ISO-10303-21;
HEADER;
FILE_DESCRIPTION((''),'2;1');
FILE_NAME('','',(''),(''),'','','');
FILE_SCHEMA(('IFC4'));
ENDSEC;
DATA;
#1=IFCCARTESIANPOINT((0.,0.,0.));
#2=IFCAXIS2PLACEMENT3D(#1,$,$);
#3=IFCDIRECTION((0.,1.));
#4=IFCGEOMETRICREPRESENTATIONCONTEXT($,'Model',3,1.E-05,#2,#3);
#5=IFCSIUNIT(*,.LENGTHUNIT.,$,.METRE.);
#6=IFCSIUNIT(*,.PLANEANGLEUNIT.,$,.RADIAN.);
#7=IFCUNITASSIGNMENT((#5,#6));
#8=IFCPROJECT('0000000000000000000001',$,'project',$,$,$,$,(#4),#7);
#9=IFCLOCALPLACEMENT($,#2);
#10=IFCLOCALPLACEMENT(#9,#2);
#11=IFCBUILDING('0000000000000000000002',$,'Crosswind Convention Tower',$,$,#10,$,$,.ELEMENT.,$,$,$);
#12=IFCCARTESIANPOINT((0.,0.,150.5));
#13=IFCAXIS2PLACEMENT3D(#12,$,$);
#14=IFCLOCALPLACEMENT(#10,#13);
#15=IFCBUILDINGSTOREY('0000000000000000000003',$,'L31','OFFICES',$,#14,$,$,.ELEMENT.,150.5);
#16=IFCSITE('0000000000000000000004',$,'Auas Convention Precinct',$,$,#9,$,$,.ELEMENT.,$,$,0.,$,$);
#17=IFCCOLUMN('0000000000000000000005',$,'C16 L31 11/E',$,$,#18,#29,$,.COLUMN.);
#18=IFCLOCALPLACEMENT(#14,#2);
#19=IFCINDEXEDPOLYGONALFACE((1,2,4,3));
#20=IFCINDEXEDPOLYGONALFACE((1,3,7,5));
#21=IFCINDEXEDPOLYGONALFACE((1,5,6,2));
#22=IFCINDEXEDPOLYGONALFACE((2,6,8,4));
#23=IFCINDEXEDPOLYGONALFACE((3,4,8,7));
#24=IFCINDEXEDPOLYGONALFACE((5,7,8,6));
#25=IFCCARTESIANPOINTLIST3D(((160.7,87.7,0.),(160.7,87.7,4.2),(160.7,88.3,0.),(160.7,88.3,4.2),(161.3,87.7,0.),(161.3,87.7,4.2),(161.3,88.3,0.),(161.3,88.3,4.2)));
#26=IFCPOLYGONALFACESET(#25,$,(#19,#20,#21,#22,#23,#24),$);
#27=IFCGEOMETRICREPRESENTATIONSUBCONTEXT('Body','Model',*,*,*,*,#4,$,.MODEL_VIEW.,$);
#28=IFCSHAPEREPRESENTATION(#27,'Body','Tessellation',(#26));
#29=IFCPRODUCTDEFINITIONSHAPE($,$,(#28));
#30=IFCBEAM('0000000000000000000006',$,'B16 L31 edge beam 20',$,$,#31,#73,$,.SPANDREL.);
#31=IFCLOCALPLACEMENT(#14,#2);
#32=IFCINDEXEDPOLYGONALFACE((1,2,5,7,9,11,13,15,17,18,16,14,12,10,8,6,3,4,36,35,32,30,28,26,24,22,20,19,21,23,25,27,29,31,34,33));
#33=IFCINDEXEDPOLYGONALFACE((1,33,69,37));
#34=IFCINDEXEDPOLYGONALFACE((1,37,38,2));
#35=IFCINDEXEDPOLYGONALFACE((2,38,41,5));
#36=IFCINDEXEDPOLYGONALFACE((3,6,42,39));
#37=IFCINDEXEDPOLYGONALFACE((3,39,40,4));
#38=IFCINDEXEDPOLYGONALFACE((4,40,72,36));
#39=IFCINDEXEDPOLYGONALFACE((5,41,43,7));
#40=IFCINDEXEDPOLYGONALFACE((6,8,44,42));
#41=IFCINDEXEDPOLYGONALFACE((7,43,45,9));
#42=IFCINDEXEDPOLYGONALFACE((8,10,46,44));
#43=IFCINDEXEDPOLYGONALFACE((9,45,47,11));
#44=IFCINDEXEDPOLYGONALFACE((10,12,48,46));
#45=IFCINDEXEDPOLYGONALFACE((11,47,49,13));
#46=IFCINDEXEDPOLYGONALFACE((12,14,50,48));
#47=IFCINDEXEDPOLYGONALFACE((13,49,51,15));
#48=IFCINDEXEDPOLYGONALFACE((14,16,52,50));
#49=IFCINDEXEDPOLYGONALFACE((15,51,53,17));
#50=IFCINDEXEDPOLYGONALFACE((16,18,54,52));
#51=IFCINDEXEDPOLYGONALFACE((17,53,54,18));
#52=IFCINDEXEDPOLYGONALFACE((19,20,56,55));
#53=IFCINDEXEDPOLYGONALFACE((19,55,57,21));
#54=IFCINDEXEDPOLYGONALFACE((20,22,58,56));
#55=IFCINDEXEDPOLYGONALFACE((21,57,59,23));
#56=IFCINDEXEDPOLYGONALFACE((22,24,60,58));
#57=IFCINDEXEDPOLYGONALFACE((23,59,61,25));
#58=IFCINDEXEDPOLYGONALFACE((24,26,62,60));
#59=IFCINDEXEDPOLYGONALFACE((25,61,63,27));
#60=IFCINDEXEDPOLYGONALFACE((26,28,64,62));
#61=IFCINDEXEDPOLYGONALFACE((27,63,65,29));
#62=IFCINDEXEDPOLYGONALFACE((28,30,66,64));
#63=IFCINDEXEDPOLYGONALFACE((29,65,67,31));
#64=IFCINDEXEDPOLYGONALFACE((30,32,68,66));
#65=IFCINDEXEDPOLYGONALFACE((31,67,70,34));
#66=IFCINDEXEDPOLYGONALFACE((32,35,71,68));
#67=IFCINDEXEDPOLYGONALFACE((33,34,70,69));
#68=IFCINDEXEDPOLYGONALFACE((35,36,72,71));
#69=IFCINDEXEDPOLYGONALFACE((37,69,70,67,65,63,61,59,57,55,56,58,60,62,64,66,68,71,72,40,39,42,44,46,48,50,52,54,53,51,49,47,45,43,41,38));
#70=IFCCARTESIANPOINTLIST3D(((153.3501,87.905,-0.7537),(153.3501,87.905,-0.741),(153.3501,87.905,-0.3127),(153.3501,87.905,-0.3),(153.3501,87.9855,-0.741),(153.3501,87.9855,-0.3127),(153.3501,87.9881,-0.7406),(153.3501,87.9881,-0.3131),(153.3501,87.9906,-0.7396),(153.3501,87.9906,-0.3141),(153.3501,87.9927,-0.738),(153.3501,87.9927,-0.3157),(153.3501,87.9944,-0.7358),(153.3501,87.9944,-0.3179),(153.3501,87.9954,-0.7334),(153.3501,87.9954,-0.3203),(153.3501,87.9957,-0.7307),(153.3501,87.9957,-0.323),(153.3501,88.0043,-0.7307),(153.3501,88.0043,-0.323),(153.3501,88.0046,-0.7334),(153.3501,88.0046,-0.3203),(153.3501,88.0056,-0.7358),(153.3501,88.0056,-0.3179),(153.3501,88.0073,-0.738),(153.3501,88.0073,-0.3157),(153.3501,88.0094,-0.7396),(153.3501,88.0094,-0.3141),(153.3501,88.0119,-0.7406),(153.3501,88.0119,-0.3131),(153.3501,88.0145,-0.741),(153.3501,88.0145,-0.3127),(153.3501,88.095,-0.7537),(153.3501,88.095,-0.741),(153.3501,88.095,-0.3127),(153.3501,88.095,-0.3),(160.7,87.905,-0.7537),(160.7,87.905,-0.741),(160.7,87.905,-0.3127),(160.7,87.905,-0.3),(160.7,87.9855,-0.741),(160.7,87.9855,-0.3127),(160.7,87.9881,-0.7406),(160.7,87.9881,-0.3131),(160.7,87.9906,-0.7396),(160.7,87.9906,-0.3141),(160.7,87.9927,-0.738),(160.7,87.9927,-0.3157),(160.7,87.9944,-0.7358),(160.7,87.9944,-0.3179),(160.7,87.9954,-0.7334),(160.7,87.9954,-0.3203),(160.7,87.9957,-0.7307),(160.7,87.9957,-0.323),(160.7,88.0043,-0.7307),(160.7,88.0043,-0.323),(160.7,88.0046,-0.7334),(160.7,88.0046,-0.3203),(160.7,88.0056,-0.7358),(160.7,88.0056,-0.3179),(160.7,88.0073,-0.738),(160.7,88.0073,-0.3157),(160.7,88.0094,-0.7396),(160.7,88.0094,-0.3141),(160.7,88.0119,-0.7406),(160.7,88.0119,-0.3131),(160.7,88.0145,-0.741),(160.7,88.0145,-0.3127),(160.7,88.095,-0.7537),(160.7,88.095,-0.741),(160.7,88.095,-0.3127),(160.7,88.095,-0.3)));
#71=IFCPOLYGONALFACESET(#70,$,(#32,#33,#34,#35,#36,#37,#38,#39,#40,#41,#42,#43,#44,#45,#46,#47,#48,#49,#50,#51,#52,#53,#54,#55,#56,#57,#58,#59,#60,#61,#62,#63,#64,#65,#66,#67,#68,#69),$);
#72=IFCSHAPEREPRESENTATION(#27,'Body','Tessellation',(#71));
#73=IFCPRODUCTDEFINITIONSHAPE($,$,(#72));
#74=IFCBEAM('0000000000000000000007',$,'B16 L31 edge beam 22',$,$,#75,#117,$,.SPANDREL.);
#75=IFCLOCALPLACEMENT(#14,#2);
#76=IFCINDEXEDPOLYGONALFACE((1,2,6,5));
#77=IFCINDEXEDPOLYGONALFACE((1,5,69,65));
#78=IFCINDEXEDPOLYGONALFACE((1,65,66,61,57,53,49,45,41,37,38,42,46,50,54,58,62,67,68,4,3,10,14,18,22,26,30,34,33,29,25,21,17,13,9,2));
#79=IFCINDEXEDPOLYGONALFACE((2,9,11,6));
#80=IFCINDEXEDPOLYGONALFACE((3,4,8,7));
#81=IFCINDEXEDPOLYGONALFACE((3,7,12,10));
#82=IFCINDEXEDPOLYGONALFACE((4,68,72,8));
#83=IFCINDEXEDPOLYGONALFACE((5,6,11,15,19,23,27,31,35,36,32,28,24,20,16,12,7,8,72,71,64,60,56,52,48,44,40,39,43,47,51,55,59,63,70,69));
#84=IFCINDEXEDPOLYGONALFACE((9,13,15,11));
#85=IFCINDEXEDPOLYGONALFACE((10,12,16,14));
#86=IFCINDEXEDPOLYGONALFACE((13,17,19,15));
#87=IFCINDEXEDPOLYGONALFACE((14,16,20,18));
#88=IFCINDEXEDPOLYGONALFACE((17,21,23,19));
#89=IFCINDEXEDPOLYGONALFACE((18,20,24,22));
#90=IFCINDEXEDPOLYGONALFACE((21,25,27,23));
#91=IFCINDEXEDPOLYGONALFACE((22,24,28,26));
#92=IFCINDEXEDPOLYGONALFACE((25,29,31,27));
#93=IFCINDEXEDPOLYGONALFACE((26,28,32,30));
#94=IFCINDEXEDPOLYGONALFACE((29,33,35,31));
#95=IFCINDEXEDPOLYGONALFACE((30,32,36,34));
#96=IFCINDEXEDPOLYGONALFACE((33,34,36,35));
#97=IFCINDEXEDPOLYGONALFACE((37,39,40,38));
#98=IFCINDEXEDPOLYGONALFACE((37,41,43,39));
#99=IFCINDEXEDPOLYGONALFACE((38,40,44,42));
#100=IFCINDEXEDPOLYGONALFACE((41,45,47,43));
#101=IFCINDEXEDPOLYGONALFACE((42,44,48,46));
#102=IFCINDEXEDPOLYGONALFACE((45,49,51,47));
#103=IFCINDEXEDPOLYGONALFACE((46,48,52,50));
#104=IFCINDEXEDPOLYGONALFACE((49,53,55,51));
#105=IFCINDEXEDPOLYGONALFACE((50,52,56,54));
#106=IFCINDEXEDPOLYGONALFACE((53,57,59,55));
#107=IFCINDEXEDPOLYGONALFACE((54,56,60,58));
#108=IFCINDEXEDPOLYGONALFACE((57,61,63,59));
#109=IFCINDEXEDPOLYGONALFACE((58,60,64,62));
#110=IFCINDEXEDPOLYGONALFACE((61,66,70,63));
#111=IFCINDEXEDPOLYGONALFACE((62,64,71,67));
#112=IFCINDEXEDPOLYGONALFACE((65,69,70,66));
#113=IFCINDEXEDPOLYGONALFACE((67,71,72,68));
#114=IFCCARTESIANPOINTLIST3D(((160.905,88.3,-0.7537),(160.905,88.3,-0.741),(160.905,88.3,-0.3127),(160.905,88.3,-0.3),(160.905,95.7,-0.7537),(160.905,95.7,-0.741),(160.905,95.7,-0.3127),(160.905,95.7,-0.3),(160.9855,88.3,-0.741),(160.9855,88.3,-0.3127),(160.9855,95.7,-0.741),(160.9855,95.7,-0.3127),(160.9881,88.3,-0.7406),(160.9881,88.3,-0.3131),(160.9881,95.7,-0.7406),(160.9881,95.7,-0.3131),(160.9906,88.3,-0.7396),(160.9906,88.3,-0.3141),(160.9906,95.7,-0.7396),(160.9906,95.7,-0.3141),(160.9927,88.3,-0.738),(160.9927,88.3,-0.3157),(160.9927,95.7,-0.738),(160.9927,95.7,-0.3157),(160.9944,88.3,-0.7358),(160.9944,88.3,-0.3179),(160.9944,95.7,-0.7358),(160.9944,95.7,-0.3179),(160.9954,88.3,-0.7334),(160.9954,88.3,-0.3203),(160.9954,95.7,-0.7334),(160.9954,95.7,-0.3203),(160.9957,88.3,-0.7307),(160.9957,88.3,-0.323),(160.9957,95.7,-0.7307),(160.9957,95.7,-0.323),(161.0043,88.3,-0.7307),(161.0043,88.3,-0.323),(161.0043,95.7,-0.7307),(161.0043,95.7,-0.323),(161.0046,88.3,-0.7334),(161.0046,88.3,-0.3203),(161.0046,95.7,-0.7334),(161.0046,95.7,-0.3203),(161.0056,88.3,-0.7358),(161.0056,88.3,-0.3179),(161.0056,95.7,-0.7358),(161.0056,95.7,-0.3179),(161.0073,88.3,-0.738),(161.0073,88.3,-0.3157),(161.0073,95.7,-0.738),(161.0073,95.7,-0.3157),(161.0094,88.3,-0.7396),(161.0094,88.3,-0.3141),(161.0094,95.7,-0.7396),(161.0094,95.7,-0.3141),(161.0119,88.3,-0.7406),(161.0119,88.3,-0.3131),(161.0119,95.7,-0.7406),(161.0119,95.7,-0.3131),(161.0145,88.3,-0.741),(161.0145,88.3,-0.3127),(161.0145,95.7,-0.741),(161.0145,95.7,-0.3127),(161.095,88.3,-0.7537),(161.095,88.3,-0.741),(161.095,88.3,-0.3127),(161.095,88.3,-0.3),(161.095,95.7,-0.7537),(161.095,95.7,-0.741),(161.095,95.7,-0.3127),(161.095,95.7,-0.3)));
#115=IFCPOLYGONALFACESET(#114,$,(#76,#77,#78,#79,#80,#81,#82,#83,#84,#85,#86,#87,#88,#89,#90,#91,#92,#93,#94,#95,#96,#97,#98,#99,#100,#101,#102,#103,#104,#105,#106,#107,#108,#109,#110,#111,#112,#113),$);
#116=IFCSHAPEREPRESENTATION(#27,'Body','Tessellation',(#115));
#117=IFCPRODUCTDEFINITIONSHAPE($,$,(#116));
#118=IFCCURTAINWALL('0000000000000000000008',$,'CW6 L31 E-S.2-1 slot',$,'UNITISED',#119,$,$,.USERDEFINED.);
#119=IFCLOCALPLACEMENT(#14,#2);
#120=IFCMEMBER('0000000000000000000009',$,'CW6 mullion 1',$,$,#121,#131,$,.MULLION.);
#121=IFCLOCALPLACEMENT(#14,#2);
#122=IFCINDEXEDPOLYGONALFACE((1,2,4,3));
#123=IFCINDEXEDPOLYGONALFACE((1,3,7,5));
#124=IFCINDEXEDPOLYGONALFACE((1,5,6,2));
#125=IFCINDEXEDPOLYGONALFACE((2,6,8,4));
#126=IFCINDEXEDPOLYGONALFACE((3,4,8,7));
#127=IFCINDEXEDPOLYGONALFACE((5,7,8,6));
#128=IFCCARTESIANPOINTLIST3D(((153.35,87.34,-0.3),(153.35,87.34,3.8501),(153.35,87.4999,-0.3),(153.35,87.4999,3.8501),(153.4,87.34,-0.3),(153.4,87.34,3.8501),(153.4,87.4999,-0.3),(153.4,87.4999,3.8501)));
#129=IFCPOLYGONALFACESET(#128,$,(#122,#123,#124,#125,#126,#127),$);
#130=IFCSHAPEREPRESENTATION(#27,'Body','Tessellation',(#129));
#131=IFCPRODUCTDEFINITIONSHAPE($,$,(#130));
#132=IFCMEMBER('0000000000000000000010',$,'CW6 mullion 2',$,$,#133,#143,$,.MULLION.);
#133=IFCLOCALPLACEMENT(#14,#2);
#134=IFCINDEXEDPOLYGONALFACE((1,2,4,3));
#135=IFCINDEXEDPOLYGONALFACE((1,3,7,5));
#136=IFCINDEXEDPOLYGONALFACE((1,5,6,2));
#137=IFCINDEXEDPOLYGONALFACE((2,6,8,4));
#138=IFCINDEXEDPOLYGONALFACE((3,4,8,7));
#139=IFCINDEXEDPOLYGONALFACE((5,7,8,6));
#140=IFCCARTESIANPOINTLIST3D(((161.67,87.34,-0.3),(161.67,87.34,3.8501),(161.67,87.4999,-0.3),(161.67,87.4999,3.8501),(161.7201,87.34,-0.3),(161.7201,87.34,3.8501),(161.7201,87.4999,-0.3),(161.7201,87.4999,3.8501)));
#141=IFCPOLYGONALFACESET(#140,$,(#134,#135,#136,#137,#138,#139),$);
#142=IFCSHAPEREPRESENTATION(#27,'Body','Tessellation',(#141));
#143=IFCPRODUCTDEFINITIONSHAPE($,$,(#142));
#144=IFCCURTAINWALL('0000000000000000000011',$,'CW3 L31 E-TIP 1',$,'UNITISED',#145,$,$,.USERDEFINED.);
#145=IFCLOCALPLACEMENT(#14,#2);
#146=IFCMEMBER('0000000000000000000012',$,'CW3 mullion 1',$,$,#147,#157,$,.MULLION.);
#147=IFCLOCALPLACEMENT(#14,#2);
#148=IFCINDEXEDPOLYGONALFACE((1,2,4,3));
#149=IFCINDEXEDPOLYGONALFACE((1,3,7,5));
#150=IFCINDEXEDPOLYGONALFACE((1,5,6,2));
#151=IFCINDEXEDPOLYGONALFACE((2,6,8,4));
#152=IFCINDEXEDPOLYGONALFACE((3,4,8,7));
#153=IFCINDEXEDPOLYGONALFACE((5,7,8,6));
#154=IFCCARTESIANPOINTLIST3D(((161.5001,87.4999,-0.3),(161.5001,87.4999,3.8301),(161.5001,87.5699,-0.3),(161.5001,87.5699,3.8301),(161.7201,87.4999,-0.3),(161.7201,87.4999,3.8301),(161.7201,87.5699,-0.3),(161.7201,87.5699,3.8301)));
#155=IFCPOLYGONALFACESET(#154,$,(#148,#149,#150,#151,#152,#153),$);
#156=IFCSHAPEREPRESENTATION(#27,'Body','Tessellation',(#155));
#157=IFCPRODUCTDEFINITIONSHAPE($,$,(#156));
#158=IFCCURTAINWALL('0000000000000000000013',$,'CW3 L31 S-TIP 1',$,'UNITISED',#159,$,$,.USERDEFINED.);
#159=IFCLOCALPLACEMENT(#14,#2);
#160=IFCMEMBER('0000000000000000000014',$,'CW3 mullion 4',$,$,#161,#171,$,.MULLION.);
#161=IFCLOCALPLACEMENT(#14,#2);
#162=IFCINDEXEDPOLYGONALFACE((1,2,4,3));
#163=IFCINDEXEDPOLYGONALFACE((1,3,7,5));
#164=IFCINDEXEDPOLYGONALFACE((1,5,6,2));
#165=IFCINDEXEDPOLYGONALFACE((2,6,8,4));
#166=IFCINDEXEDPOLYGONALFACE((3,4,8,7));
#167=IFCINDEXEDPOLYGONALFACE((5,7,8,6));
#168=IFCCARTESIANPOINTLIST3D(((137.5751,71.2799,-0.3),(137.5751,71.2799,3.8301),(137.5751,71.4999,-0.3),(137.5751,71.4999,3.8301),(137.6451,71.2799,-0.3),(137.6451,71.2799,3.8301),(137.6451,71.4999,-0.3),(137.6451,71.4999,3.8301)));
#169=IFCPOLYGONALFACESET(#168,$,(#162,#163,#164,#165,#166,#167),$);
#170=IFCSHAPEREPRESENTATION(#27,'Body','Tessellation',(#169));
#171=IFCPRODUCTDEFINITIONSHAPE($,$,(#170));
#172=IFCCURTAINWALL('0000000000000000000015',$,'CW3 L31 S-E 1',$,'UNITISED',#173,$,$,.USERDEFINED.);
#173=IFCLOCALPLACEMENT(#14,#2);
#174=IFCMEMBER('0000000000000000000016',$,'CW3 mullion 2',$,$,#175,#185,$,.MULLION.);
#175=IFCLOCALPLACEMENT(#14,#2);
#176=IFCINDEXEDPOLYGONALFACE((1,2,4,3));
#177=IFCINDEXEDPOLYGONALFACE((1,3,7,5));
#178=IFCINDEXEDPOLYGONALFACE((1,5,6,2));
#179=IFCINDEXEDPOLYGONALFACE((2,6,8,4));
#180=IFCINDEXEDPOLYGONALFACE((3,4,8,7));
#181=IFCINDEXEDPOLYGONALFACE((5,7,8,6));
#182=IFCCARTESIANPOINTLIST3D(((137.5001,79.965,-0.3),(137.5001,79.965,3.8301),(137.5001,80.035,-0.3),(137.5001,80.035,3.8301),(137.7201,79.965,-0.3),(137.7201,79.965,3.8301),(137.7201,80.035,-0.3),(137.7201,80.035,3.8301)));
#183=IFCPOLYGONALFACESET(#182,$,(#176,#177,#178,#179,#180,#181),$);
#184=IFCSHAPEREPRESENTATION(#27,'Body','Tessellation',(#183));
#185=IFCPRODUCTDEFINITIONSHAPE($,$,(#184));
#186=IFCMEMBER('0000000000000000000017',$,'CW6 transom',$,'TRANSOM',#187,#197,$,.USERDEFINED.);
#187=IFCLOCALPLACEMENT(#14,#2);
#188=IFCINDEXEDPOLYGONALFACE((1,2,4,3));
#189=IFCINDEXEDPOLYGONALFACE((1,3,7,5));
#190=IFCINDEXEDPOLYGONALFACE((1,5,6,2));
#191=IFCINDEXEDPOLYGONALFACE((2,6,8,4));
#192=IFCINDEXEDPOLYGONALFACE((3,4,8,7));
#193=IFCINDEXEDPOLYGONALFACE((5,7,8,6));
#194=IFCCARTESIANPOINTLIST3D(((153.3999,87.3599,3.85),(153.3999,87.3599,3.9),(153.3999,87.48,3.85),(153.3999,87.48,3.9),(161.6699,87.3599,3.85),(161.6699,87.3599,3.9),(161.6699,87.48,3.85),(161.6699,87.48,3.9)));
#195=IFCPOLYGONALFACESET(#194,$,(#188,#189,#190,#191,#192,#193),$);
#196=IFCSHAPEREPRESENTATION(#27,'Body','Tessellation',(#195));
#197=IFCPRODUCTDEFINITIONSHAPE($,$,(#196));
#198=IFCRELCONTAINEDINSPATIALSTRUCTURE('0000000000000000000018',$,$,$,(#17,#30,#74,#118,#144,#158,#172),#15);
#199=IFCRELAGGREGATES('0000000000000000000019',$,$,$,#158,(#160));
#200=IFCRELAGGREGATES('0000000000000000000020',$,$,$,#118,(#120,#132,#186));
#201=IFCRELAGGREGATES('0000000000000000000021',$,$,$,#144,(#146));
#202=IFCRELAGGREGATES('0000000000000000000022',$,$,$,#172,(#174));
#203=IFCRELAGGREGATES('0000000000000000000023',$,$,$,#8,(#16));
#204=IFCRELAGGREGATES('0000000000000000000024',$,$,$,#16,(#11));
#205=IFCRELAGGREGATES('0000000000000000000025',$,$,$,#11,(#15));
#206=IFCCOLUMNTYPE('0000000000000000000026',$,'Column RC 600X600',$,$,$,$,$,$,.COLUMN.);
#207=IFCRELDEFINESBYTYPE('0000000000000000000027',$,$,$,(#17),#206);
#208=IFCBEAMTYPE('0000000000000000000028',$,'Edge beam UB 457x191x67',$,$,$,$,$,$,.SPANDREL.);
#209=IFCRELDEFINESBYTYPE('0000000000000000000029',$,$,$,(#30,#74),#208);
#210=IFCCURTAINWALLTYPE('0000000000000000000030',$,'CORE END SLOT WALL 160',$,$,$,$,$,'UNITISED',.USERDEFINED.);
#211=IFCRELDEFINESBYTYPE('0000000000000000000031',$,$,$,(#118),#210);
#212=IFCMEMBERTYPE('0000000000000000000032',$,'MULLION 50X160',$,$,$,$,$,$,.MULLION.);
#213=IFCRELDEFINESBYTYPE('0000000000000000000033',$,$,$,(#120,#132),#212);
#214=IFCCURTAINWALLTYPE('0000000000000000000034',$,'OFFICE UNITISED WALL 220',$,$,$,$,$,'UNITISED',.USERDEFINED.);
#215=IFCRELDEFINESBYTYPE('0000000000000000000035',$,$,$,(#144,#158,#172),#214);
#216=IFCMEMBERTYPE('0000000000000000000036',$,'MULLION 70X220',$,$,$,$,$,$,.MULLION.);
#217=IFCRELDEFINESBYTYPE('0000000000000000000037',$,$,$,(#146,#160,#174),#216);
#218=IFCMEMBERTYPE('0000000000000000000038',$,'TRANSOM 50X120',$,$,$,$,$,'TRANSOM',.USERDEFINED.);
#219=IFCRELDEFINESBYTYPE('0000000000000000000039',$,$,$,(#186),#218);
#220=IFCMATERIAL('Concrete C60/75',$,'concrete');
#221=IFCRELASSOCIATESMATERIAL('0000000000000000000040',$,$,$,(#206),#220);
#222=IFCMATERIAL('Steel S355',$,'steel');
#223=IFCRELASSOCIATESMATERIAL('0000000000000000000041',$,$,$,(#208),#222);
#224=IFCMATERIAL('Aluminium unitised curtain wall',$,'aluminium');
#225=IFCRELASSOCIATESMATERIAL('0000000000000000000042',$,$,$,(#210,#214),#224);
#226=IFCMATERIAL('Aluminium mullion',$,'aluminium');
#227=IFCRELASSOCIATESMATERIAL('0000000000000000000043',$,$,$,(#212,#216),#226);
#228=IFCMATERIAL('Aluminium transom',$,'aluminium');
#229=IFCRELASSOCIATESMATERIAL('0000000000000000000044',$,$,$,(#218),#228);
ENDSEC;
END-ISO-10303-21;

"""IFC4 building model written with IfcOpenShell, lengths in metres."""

from ifc_helpers import new_model, si_unit, direction, frame, origin, origin_2d, place, context, subcontext, project, spatial, rectangle, i_section, extrude, material, material_profile, profile_set, type_object, element, aggregate, save


model = new_model("IFC4")

# Units and contexts
model_context = context("Model", 3, precision=1e-05, world=origin(), true_north=direction((0.0, 1.0)))
body_context = subcontext(model_context, "Body", "Model", "MODEL_VIEW")
ifc_project = project(units=[si_unit("LENGTHUNIT", "METRE"), si_unit("PLANEANGLEUNIT", "RADIAN")], contexts=[model_context])

# Site, building, storey
site_placement = place(None, origin())
site = spatial("IfcSite", under=ifc_project, at=site_placement, Name="Auas Convention Precinct", CompositionType="ELEMENT", RefElevation=0.0)
building_placement = place(site_placement, origin())
building = spatial("IfcBuilding", under=site, at=building_placement, Name="Crosswind Convention Tower", CompositionType="ELEMENT")
storey_placement = place(building_placement, frame((0.0, 0.0, 150.5)))
storey = spatial("IfcBuildingStorey", under=building, at=storey_placement, Name="L31", Description="OFFICES", CompositionType="ELEMENT", Elevation=150.5)

# Column
ifc_material_1 = material(Name="Concrete C60/75", Category="concrete")
ifc_material_profile_1 = material_profile(ifc_material_1, rectangle(XDim=0.6001, YDim=0.6001, at=origin_2d()), Name="RC 600X600")
ifc_profile_set_1 = profile_set([ifc_material_profile_1], Name="Concrete C60/75")
column_type = type_object("IfcColumnType", Name="Column RC 600X600", PredefinedType="COLUMN", material=ifc_profile_set_1)
column_placement = place(storey_placement, frame((161.0, 88.0, 0.0), z_axis=(0.0, 0.0, 1.0), x_axis=(1.0, 0.0, 0.0)))
element("IfcColumn", 1, at=column_placement, inside=storey, type_object=column_type, Name="C16 L31 11/E", PredefinedType="COLUMN", context=body_context, shape_type="SweptSolid", body=[
    extrude(rectangle(XDim=0.6001, YDim=0.6001, at=origin_2d()), origin(), (0.0, 0.0, 1.0), 4.2),
])

# Beams
ifc_material_2 = material(Name="Steel S355", Category="steel")
ifc_material_profile_2 = material_profile(ifc_material_2, i_section(OverallWidth=0.1899, OverallDepth=0.4536, WebThickness=0.0085, FlangeThickness=0.0127, FilletRadius=0.0103, at=origin_2d()), Name="UB 457x191x67")
ifc_profile_set_2 = profile_set([ifc_material_profile_2], Name="Steel S355")
beam_type = type_object("IfcBeamType", Name="Edge beam UB 457x191x67", PredefinedType="SPANDREL", material=ifc_profile_set_2)
beam_1_placement = place(storey_placement, frame((153.3501, 88.0, -0.5269), z_axis=(1.0, 0.0, 0.0), x_axis=(0.0, 1.0, 0.0)))
element("IfcBeam", 2, at=beam_1_placement, inside=storey, type_object=beam_type, Name="B16 L31 edge beam 20", PredefinedType="SPANDREL", context=body_context, shape_type="SweptSolid", body=[
    extrude(i_section(OverallWidth=0.1899, OverallDepth=0.4536, WebThickness=0.0085, FlangeThickness=0.0127, FilletRadius=0.0103, at=origin_2d()), origin(), (0.0, 0.0, 1.0), 7.3499),
])
beam_2_placement = place(storey_placement, frame((161.0, 88.3, -0.5269), z_axis=(0.0, 1.0, 0.0), x_axis=(-1.0, 0.0, 0.0)))
element("IfcBeam", 3, at=beam_2_placement, inside=storey, type_object=beam_type, Name="B16 L31 edge beam 22", PredefinedType="SPANDREL", context=body_context, shape_type="SweptSolid", body=[
    extrude(i_section(OverallWidth=0.1899, OverallDepth=0.4536, WebThickness=0.0085, FlangeThickness=0.0127, FilletRadius=0.0103, at=origin_2d()), origin(), (0.0, 0.0, 1.0), 7.3999),
])

# Curtain wall, members
ifc_material_3 = material(Name="Aluminium unitised curtain wall", Category="aluminium")
curtain_wall_type_1 = type_object("IfcCurtainWallType", Name="CORE END SLOT WALL 160", ElementType="UNITISED", PredefinedType="USERDEFINED", material=ifc_material_3)
curtain_wall_1_placement = place(storey_placement, origin())
curtain_wall_1 = element("IfcCurtainWall", 4, at=curtain_wall_1_placement, inside=storey, type_object=curtain_wall_type_1, Name="CW6 L31 E-S.2-1 slot", ObjectType="UNITISED", PredefinedType="USERDEFINED")
ifc_material_4 = material(Name="Aluminium mullion", Category="aluminium")
ifc_material_profile_3 = material_profile(ifc_material_4, rectangle(XDim=0.1599, YDim=0.05, at=origin_2d()), Name="AL 160X50")
ifc_profile_set_3 = profile_set([ifc_material_profile_3], Name="Aluminium mullion")
member_type_1 = type_object("IfcMemberType", Name="MULLION 50X160", PredefinedType="MULLION", material=ifc_profile_set_3)
member_1_placement = place(storey_placement, frame((153.375, 87.4199, -0.3), z_axis=(0.0, 0.0, 1.0), x_axis=(0.0, -1.0, 0.0)))
member_1 = element("IfcMember", 5, at=member_1_placement, type_object=member_type_1, Name="CW6 mullion 1", PredefinedType="MULLION", context=body_context, shape_type="SweptSolid", body=[
    extrude(rectangle(XDim=0.1599, YDim=0.05, at=origin_2d()), origin(), (0.0, 0.0, 1.0), 4.1501),
])
member_2_placement = place(storey_placement, frame((161.6951, 87.4199, -0.3), z_axis=(0.0, 0.0, 1.0), x_axis=(0.0, -1.0, 0.0)))
member_2 = element("IfcMember", 6, at=member_2_placement, type_object=member_type_1, Name="CW6 mullion 2", PredefinedType="MULLION", context=body_context, shape_type="SweptSolid", body=[
    extrude(rectangle(XDim=0.1599, YDim=0.05, at=origin_2d()), origin(), (0.0, 0.0, 1.0), 4.1501),
])

# Curtain walls, members
curtain_wall_type_2 = type_object("IfcCurtainWallType", Name="OFFICE UNITISED WALL 220", ElementType="UNITISED", PredefinedType="USERDEFINED", material=ifc_material_3)
curtain_wall_2_placement = place(storey_placement, origin())
curtain_wall_2 = element("IfcCurtainWall", 7, at=curtain_wall_2_placement, inside=storey, type_object=curtain_wall_type_2, Name="CW3 L31 E-TIP 1", ObjectType="UNITISED", PredefinedType="USERDEFINED")
ifc_material_profile_4 = material_profile(ifc_material_4, rectangle(XDim=0.22, YDim=0.0701, at=origin_2d()), Name="AL 220X70")
ifc_profile_set_4 = profile_set([ifc_material_profile_4], Name="Aluminium mullion")
member_type_2 = type_object("IfcMemberType", Name="MULLION 70X220", PredefinedType="MULLION", material=ifc_profile_set_4)
member_3_placement = place(storey_placement, frame((161.6101, 87.5349, -0.3), z_axis=(0.0, 0.0, 1.0), x_axis=(1.0, 0.0, 0.0)))
member_3 = element("IfcMember", 8, at=member_3_placement, type_object=member_type_2, Name="CW3 mullion 1", PredefinedType="MULLION", context=body_context, shape_type="SweptSolid", body=[
    extrude(rectangle(XDim=0.22, YDim=0.0701, at=origin_2d()), origin(), (0.0, 0.0, 1.0), 4.1301),
])
curtain_wall_3_placement = place(storey_placement, origin())
curtain_wall_3 = element("IfcCurtainWall", 9, at=curtain_wall_3_placement, inside=storey, type_object=curtain_wall_type_2, Name="CW3 L31 S-TIP 1", ObjectType="UNITISED", PredefinedType="USERDEFINED")
member_4_placement = place(storey_placement, frame((137.6101, 71.3899, -0.3), z_axis=(0.0, 0.0, 1.0), x_axis=(0.0, -1.0, 0.0)))
member_4 = element("IfcMember", 10, at=member_4_placement, type_object=member_type_2, Name="CW3 mullion 4", PredefinedType="MULLION", context=body_context, shape_type="SweptSolid", body=[
    extrude(rectangle(XDim=0.22, YDim=0.0701, at=origin_2d()), origin(), (0.0, 0.0, 1.0), 4.1301),
])
aggregate(curtain_wall_3, [member_4])
curtain_wall_4_placement = place(storey_placement, origin())
curtain_wall_4 = element("IfcCurtainWall", 11, at=curtain_wall_4_placement, inside=storey, type_object=curtain_wall_type_2, Name="CW3 L31 S-E 1", ObjectType="UNITISED", PredefinedType="USERDEFINED")
member_5_placement = place(storey_placement, frame((137.6101, 80.0, -0.3), z_axis=(0.0, 0.0, 1.0), x_axis=(1.0, 0.0, 0.0)))
member_5 = element("IfcMember", 12, at=member_5_placement, type_object=member_type_2, Name="CW3 mullion 2", PredefinedType="MULLION", context=body_context, shape_type="SweptSolid", body=[
    extrude(rectangle(XDim=0.22, YDim=0.0701, at=origin_2d()), origin(), (0.0, 0.0, 1.0), 4.1301),
])

# Member
ifc_material_5 = material(Name="Aluminium transom", Category="aluminium")
ifc_material_profile_5 = material_profile(ifc_material_5, rectangle(XDim=0.1201, YDim=0.05, at=origin_2d()), Name="AL 120X50")
ifc_profile_set_5 = profile_set([ifc_material_profile_5], Name="Aluminium transom")
member_type_3 = type_object("IfcMemberType", Name="TRANSOM 50X120", ElementType="TRANSOM", PredefinedType="USERDEFINED", material=ifc_profile_set_5)
member_6_placement = place(storey_placement, frame((153.3999, 87.4199, 3.875), z_axis=(1.0, 0.0, 0.0), x_axis=(0.0, 1.0, 0.0)))
member_6 = element("IfcMember", 13, at=member_6_placement, type_object=member_type_3, Name="CW6 transom", ObjectType="TRANSOM", PredefinedType="USERDEFINED", context=body_context, shape_type="SweptSolid", body=[
    extrude(rectangle(XDim=0.1201, YDim=0.05, at=origin_2d()), origin(), (0.0, 0.0, 1.0), 8.27),
])

aggregate(curtain_wall_1, [member_1, member_2, member_6])

aggregate(curtain_wall_2, [member_3])
aggregate(curtain_wall_4, [member_5])

save(model, "model.ifc")
